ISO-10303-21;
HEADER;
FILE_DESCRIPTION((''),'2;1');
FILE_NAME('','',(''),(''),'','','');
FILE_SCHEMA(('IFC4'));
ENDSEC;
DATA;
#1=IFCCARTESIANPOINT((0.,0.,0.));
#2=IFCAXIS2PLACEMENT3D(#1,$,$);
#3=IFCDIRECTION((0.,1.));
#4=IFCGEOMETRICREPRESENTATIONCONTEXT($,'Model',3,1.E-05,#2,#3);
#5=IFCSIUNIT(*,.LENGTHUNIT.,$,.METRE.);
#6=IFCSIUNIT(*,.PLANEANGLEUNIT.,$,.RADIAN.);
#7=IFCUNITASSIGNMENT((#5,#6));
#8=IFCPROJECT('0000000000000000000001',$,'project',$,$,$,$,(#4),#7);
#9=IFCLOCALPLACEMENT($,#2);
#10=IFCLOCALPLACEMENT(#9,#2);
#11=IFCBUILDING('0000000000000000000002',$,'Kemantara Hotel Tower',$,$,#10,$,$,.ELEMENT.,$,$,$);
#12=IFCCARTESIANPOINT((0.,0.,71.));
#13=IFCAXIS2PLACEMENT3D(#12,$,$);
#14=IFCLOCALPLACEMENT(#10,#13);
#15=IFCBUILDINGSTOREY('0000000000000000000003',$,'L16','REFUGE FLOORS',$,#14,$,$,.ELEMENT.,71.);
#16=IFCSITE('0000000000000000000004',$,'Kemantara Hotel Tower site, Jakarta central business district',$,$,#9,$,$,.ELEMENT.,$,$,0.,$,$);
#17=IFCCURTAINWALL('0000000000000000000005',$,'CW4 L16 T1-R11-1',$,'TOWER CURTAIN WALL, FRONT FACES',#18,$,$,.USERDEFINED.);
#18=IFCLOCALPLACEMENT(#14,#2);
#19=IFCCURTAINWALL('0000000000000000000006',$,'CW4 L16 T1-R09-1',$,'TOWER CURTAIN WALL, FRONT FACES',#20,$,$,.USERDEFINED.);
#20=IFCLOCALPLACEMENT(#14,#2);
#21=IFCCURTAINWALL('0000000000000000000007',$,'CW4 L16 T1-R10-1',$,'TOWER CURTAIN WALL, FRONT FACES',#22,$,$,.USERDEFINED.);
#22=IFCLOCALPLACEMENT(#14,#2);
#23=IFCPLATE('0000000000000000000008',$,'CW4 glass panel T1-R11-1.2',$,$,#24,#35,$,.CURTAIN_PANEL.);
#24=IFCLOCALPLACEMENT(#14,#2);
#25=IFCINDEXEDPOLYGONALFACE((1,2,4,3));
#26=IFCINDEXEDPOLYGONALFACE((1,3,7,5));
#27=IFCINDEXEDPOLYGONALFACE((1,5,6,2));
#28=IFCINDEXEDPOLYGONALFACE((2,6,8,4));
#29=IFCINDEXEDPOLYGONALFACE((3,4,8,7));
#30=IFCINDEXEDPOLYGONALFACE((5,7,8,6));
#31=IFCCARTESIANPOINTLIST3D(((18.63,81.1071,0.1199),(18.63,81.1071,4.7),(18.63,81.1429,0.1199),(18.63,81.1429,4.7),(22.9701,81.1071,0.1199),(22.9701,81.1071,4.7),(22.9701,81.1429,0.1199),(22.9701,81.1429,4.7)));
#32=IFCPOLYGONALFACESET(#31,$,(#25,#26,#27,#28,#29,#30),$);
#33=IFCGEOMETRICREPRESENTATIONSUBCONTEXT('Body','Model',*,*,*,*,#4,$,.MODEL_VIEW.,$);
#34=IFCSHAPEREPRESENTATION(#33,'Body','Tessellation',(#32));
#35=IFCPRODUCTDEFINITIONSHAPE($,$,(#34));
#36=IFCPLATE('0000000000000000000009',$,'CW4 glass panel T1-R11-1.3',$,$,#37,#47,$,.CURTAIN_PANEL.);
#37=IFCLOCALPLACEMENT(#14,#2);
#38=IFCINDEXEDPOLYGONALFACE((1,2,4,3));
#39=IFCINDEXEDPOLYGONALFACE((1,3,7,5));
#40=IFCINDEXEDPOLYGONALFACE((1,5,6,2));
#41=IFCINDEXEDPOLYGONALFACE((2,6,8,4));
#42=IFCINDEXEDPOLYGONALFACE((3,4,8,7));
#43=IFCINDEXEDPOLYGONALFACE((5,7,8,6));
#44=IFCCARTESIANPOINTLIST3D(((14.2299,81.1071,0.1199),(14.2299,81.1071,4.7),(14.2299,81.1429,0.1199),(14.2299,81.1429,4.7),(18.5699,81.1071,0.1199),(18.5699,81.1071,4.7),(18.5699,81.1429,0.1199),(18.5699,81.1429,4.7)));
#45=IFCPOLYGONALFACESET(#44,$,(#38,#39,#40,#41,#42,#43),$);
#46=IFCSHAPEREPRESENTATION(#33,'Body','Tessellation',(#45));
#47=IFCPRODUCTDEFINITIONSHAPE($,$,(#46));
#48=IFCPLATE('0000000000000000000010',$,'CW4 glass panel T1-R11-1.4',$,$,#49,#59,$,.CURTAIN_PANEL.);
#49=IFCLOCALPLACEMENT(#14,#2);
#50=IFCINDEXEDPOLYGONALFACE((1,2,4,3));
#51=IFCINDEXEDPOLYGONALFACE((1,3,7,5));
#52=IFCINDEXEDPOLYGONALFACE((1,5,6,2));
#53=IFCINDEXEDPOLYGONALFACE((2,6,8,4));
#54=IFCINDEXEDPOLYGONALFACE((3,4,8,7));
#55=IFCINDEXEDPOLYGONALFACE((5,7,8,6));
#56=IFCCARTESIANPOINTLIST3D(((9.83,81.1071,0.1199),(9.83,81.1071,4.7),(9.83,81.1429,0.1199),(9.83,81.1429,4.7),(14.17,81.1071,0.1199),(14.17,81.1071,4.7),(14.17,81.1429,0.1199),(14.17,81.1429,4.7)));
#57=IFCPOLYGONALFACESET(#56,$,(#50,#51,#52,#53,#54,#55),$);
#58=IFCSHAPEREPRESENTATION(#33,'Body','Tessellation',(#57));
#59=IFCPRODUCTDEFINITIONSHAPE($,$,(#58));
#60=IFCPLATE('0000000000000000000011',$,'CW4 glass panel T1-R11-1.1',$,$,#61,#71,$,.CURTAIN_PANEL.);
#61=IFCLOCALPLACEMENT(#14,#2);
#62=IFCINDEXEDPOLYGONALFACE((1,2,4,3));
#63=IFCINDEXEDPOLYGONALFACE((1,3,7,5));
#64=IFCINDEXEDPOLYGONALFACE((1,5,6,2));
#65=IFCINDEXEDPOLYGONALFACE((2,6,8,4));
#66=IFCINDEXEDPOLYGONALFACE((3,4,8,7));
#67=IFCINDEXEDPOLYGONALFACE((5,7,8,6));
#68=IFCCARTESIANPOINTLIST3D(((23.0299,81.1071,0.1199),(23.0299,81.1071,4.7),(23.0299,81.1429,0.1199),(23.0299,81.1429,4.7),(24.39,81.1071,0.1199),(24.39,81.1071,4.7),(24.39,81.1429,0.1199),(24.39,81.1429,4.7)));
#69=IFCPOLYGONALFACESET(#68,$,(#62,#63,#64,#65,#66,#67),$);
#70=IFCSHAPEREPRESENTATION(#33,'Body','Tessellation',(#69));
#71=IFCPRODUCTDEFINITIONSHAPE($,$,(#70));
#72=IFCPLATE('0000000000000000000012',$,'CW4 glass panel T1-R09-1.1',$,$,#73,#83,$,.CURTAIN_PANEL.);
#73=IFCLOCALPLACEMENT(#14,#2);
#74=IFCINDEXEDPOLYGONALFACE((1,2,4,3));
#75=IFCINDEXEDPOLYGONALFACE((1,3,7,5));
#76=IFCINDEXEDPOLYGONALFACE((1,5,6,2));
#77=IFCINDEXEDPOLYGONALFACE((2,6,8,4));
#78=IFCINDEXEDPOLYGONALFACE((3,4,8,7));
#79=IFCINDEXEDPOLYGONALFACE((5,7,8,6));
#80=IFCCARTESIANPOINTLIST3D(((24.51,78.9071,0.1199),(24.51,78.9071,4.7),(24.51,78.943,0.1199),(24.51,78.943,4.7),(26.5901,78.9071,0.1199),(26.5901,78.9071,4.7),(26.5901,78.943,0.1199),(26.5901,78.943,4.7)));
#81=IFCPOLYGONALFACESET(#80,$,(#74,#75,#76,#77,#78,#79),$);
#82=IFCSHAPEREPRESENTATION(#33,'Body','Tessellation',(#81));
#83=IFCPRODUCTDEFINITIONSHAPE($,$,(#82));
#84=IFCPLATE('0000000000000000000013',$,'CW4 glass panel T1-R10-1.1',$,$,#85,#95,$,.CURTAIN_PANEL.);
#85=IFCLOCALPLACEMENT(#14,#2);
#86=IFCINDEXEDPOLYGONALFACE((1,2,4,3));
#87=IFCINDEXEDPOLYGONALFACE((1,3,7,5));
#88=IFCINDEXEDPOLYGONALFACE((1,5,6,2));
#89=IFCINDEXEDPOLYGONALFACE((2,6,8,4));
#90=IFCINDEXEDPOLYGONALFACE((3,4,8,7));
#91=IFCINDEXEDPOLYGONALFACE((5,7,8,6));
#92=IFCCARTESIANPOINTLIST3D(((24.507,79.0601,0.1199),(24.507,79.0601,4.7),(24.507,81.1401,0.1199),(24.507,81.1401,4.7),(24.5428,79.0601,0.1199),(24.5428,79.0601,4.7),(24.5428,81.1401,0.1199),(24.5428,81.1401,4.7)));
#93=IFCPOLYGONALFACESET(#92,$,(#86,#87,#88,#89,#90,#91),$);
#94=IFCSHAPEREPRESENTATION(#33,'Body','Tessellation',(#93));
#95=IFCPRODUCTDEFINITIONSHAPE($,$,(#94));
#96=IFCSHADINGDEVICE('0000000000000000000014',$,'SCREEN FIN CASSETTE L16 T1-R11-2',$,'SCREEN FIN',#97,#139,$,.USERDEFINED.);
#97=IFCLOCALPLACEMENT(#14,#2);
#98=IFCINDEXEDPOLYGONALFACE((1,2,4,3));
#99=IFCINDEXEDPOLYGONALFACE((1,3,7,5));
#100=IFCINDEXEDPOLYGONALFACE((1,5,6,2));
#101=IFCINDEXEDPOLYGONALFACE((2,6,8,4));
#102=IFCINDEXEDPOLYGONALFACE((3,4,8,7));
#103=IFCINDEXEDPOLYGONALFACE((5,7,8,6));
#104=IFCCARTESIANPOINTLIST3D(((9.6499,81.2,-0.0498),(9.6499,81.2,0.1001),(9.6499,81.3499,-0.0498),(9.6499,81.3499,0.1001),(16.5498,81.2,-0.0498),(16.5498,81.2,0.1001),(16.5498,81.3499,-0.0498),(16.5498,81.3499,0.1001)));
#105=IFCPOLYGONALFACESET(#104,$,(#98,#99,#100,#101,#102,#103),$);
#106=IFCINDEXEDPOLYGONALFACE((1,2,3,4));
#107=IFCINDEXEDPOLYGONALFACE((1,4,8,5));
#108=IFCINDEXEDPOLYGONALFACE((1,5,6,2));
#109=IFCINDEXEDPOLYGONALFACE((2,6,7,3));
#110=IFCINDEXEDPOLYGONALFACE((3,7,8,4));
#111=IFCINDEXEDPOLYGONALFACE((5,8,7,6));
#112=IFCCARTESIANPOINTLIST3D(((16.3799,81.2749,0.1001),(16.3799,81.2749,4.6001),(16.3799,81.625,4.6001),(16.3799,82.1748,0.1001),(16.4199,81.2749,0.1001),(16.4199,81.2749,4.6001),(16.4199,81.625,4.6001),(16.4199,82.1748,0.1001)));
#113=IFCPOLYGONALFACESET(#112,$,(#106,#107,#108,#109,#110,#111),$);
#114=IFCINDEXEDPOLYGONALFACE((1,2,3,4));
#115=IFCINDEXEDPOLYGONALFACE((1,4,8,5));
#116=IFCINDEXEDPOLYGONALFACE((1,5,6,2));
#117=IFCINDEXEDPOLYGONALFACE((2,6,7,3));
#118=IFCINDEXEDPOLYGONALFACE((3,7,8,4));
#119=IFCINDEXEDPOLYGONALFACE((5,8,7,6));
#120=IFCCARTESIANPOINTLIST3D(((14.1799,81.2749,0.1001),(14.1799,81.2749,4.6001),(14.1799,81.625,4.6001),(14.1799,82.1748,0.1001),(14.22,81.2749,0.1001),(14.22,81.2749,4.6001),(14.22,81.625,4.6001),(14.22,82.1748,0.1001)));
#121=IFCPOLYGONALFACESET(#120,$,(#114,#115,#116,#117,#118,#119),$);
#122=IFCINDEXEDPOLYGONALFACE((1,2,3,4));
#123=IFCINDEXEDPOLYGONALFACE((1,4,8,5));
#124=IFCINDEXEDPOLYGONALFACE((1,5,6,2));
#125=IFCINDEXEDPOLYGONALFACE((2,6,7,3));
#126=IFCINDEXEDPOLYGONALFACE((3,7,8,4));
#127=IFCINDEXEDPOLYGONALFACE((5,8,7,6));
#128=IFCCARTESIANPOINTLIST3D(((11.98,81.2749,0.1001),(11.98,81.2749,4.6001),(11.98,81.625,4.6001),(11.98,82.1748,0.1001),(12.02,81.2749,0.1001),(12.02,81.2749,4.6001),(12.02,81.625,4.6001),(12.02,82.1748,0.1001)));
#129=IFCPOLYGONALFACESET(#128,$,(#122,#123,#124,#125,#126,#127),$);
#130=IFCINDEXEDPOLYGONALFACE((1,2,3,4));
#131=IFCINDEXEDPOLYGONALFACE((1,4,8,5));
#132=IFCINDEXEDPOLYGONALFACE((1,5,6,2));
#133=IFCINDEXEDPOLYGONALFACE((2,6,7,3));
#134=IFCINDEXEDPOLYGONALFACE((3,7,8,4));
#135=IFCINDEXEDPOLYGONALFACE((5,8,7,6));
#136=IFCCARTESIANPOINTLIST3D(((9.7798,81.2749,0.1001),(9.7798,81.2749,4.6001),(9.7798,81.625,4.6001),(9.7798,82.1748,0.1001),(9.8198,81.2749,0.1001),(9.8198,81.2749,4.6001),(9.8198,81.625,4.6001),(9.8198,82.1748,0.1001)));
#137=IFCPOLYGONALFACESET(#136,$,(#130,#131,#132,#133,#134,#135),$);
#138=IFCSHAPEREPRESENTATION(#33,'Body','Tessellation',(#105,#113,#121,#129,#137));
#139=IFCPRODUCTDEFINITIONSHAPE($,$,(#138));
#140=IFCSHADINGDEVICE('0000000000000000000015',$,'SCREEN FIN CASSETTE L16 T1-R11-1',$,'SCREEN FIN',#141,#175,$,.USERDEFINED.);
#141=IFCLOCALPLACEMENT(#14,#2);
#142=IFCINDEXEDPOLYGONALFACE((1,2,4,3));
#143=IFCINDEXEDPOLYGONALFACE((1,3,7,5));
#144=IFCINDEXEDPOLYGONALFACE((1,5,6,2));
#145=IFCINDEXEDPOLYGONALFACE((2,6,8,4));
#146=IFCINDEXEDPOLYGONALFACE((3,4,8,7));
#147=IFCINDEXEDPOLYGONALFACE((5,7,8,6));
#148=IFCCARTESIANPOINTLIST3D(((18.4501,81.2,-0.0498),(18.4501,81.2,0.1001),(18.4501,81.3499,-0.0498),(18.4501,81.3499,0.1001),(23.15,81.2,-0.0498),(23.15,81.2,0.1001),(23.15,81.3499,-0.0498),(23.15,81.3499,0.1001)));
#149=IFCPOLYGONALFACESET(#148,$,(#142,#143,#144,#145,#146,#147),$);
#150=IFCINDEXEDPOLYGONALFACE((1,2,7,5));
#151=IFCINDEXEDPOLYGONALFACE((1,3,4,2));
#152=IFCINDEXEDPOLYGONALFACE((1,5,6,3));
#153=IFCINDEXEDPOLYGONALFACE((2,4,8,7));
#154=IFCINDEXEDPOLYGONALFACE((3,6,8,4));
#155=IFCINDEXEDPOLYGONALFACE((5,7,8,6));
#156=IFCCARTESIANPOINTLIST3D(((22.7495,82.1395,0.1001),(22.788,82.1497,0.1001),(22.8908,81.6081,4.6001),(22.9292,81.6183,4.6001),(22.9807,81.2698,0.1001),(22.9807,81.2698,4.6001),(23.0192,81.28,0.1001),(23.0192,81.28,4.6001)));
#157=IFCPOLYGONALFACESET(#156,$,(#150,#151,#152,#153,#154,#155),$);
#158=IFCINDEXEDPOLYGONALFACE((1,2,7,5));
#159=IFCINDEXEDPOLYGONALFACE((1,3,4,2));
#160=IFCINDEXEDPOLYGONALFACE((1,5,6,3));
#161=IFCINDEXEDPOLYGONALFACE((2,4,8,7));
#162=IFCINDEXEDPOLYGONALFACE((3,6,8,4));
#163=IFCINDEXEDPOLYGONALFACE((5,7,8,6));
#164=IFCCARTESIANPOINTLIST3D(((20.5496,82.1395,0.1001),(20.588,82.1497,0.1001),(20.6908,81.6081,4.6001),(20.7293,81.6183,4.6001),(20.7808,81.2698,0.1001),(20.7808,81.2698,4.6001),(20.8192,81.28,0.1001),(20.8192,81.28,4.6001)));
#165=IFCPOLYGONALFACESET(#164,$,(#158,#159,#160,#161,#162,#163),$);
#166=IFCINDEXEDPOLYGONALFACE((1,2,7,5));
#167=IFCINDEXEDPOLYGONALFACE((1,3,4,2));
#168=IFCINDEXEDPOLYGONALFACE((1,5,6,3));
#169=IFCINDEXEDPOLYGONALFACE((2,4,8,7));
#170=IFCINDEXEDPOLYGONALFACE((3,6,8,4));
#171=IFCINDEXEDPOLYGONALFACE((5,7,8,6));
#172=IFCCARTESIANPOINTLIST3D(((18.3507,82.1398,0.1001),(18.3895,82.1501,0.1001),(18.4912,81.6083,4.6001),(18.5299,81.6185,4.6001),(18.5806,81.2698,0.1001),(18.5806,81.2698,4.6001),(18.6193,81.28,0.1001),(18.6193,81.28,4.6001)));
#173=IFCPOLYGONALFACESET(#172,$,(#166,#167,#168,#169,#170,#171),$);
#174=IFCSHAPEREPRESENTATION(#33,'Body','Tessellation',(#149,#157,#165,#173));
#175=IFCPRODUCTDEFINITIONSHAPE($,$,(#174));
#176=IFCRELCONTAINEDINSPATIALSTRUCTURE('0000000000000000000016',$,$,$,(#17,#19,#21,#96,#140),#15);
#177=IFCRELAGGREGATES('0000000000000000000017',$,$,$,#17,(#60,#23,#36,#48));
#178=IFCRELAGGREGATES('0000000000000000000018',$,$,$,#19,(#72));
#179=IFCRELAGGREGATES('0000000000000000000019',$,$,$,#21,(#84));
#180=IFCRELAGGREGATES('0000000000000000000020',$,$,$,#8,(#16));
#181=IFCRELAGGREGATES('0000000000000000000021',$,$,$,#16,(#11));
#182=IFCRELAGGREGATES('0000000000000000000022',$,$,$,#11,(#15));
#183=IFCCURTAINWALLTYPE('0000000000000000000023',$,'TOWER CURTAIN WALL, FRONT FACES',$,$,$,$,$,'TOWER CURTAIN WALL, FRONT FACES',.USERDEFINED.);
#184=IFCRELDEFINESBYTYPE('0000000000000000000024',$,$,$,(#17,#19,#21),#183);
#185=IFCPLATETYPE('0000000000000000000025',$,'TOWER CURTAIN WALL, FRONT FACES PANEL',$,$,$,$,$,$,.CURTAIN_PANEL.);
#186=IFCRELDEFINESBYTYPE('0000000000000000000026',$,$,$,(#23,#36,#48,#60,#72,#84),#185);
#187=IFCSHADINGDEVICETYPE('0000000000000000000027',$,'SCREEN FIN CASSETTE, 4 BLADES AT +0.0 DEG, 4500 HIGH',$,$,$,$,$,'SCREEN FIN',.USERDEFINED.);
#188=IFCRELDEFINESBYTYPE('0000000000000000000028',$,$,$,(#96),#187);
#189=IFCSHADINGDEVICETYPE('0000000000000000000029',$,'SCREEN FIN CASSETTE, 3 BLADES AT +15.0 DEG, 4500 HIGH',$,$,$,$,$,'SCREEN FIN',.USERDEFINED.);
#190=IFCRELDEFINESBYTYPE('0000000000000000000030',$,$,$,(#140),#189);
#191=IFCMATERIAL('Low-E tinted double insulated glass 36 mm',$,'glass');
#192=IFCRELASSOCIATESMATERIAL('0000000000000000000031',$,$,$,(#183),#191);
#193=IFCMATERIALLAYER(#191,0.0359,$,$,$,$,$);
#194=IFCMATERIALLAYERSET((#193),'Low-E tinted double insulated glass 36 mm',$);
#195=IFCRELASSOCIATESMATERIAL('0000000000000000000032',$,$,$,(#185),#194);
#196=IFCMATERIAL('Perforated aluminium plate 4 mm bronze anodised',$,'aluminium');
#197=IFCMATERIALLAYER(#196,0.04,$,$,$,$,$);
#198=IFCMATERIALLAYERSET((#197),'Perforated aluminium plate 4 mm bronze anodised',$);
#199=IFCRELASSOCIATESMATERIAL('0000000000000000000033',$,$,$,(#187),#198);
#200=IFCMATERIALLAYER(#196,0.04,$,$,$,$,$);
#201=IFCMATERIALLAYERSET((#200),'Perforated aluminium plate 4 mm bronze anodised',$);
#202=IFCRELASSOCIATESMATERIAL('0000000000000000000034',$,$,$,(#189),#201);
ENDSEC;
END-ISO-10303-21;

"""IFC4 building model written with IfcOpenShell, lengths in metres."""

from ifc_helpers import new_model, si_unit, direction, frame, origin, origin_2d, place, context, subcontext, project, spatial, polyline, rectangle, outline, extrude, source, transform, mapped, material, layer, layer_set, type_object, element, aggregate, save


model = new_model("IFC4")

# Units and contexts
model_context = context("Model", 3, precision=1e-05, world=origin(), true_north=direction((0.0, 1.0)))
body_context = subcontext(model_context, "Body", "Model", "MODEL_VIEW")
ifc_project = project(units=[si_unit("LENGTHUNIT", "METRE"), si_unit("PLANEANGLEUNIT", "RADIAN")], contexts=[model_context])

# Site, building, storey
site_placement = place(None, origin())
site = spatial("IfcSite", under=ifc_project, at=site_placement, Name="Kemantara Hotel Tower site, Jakarta central business district", CompositionType="ELEMENT", RefElevation=0.0)
building_placement = place(site_placement, origin())
building = spatial("IfcBuilding", under=site, at=building_placement, Name="Kemantara Hotel Tower", CompositionType="ELEMENT")
storey_placement = place(building_placement, frame((0.0, 0.0, 71.0)))
storey = spatial("IfcBuildingStorey", under=building, at=storey_placement, Name="L16", Description="REFUGE FLOORS", CompositionType="ELEMENT", Elevation=71.0)

# Curtain walls
ifc_material_1 = material(Name="Low-E tinted double insulated glass 36 mm", Category="glass")
curtain_wall_type = type_object("IfcCurtainWallType", Name="TOWER CURTAIN WALL, FRONT FACES", ElementType="TOWER CURTAIN WALL, FRONT FACES", PredefinedType="USERDEFINED", material=ifc_material_1)
curtain_wall_1_placement = place(storey_placement, origin())
curtain_wall_1 = element("IfcCurtainWall", 1, at=curtain_wall_1_placement, inside=storey, type_object=curtain_wall_type, Name="CW4 L16 T1-R11-1", ObjectType="TOWER CURTAIN WALL, FRONT FACES", PredefinedType="USERDEFINED")
curtain_wall_2_placement = place(storey_placement, origin())
curtain_wall_2 = element("IfcCurtainWall", 2, at=curtain_wall_2_placement, inside=storey, type_object=curtain_wall_type, Name="CW4 L16 T1-R09-1", ObjectType="TOWER CURTAIN WALL, FRONT FACES", PredefinedType="USERDEFINED")
curtain_wall_3_placement = place(storey_placement, origin())
curtain_wall_3 = element("IfcCurtainWall", 3, at=curtain_wall_3_placement, inside=storey, type_object=curtain_wall_type, Name="CW4 L16 T1-R10-1", ObjectType="TOWER CURTAIN WALL, FRONT FACES", PredefinedType="USERDEFINED")

# Plates
ifc_layer_1 = layer(ifc_material_1, 0.0359)
ifc_layer_set_1 = layer_set([ifc_layer_1], Name="Low-E tinted double insulated glass 36 mm")
plate_type = type_object("IfcPlateType", Name="TOWER CURTAIN WALL, FRONT FACES PANEL", PredefinedType="CURTAIN_PANEL", material=ifc_layer_set_1)
shared_shape_1 = source(origin(), body_context, "Body", "SweptSolid", [
    extrude(rectangle(XDim=4.3401, YDim=0.0359, at=origin_2d()), origin(), (0.0, 0.0, 1.0), 4.5801),
])
plate_1_placement = place(storey_placement, frame((20.8, 81.125, 0.1199), z_axis=(0.0, 0.0, 1.0), x_axis=(-1.0, 0.0, 0.0)))
plate_1 = element("IfcPlate", 4, at=plate_1_placement, type_object=plate_type, Name="CW4 glass panel T1-R11-1.2", PredefinedType="CURTAIN_PANEL", context=body_context, shape_type="MappedRepresentation", body=[
    mapped(shared_shape_1, transform((0.0, 0.0, 0.0))),
])
plate_2_placement = place(storey_placement, frame((16.3999, 81.125, 0.1199), z_axis=(0.0, 0.0, 1.0), x_axis=(-1.0, 0.0, 0.0)))
plate_2 = element("IfcPlate", 5, at=plate_2_placement, type_object=plate_type, Name="CW4 glass panel T1-R11-1.3", PredefinedType="CURTAIN_PANEL", context=body_context, shape_type="MappedRepresentation", body=[
    mapped(shared_shape_1, transform((0.0, 0.0, 0.0))),
])
plate_3_placement = place(storey_placement, frame((12.0, 81.125, 0.1199), z_axis=(0.0, 0.0, 1.0), x_axis=(-1.0, 0.0, 0.0)))
plate_3 = element("IfcPlate", 6, at=plate_3_placement, type_object=plate_type, Name="CW4 glass panel T1-R11-1.4", PredefinedType="CURTAIN_PANEL", context=body_context, shape_type="MappedRepresentation", body=[
    mapped(shared_shape_1, transform((0.0, 0.0, 0.0))),
])
shared_shape_2 = source(origin(), body_context, "Body", "SweptSolid", [
    extrude(rectangle(XDim=1.3601, YDim=0.0359, at=origin_2d()), origin(), (0.0, 0.0, 1.0), 4.5801),
])
plate_4_placement = place(storey_placement, frame((23.71, 81.125, 0.1199), z_axis=(0.0, 0.0, 1.0), x_axis=(-1.0, 0.0, 0.0)))
plate_4 = element("IfcPlate", 7, at=plate_4_placement, type_object=plate_type, Name="CW4 glass panel T1-R11-1.1", PredefinedType="CURTAIN_PANEL", context=body_context, shape_type="MappedRepresentation", body=[
    mapped(shared_shape_2, transform((0.0, 0.0, 0.0))),
])
aggregate(curtain_wall_1, [plate_4, plate_1, plate_2, plate_3])
shared_shape_3 = source(origin(), body_context, "Body", "SweptSolid", [
    extrude(rectangle(XDim=2.0801, YDim=0.0359, at=origin_2d()), origin(), (0.0, 0.0, 1.0), 4.5801),
])
plate_5_placement = place(storey_placement, frame((25.55, 78.925, 0.1199), z_axis=(0.0, 0.0, 1.0), x_axis=(-1.0, 0.0, 0.0)))
plate_5 = element("IfcPlate", 8, at=plate_5_placement, type_object=plate_type, Name="CW4 glass panel T1-R09-1.1", PredefinedType="CURTAIN_PANEL", context=body_context, shape_type="MappedRepresentation", body=[
    mapped(shared_shape_3, transform((0.0, 0.0, 0.0))),
])
aggregate(curtain_wall_2, [plate_5])
plate_6_placement = place(storey_placement, frame((24.5249, 80.1001, 0.1199), z_axis=(0.0, 0.0, 1.0), x_axis=(0.0, 1.0, 0.0)))
plate_6 = element("IfcPlate", 9, at=plate_6_placement, type_object=plate_type, Name="CW4 glass panel T1-R10-1.1", PredefinedType="CURTAIN_PANEL", context=body_context, shape_type="MappedRepresentation", body=[
    mapped(shared_shape_3, transform((0.0, 0.0, 0.0))),
])
aggregate(curtain_wall_3, [plate_6])

# Shading devices
ifc_material_2 = material(Name="Perforated aluminium plate 4 mm bronze anodised", Category="aluminium")
ifc_layer_2 = layer(ifc_material_2, 0.04)
ifc_layer_set_2 = layer_set([ifc_layer_2], Name="Perforated aluminium plate 4 mm bronze anodised")
shading_device_type_1 = type_object("IfcShadingDeviceType", Name="SCREEN FIN CASSETTE, 4 BLADES AT +0.0 DEG, 4500 HIGH", ElementType="SCREEN FIN", PredefinedType="USERDEFINED", material=ifc_layer_set_2)
shared_shape_4 = source(origin(), body_context, "Body", "SweptSolid", [
    extrude(rectangle(XDim=6.8999, YDim=0.1499, at=origin_2d()), frame((3.3, -0.075, -0.1499), z_axis=(0.0, 0.0, 1.0), x_axis=(1.0, 0.0, 0.0)), (0.0, 0.0, 1.0), 0.1499),
    extrude(outline(polyline([(0.0, 0.0), (0.8999, 0.0), (0.3501, 4.5), (0.0, 4.5), (0.0, 0.0)])), frame((0.02, -0.075, 0.0), z_axis=(-1.0, 0.0, 0.0), x_axis=(0.0, -1.0, 0.0)), (0.0, 0.0, 1.0), 0.04),
    extrude(outline(polyline([(0.0, 0.0), (0.8999, 0.0), (0.3501, 4.5), (0.0, 4.5), (0.0, 0.0)])), frame((2.22, -0.075, 0.0), z_axis=(-1.0, 0.0, 0.0), x_axis=(0.0, -1.0, 0.0)), (0.0, 0.0, 1.0), 0.04),
    extrude(outline(polyline([(0.0, 0.0), (0.8999, 0.0), (0.3501, 4.5), (0.0, 4.5), (0.0, 0.0)])), frame((4.4199, -0.075, 0.0), z_axis=(-1.0, 0.0, 0.0), x_axis=(0.0, -1.0, 0.0)), (0.0, 0.0, 1.0), 0.04),
    extrude(outline(polyline([(0.0, 0.0), (0.8999, 0.0), (0.3501, 4.5), (0.0, 4.5), (0.0, 0.0)])), frame((6.6201, -0.075, 0.0), z_axis=(-1.0, 0.0, 0.0), x_axis=(0.0, -1.0, 0.0)), (0.0, 0.0, 1.0), 0.04),
])
shading_device_1_placement = place(storey_placement, frame((16.3999, 81.2, 0.1001), z_axis=(0.0, 0.0, 1.0), x_axis=(-1.0, 0.0, 0.0)))
element("IfcShadingDevice", 10, at=shading_device_1_placement, inside=storey, type_object=shading_device_type_1, Name="SCREEN FIN CASSETTE L16 T1-R11-2", ObjectType="SCREEN FIN", PredefinedType="USERDEFINED", context=body_context, shape_type="MappedRepresentation", body=[
    mapped(shared_shape_4, transform((0.0, 0.0, 0.0))),
])
ifc_layer_3 = layer(ifc_material_2, 0.04)
ifc_layer_set_3 = layer_set([ifc_layer_3], Name="Perforated aluminium plate 4 mm bronze anodised")
shading_device_type_2 = type_object("IfcShadingDeviceType", Name="SCREEN FIN CASSETTE, 3 BLADES AT +15.0 DEG, 4500 HIGH", ElementType="SCREEN FIN", PredefinedType="USERDEFINED", material=ifc_layer_set_3)
shared_shape_5 = source(origin(), body_context, "Body", "SweptSolid", [
    extrude(rectangle(XDim=4.7, YDim=0.1499, at=origin_2d()), frame((2.2, -0.075, -0.1499), z_axis=(0.0, 0.0, 1.0), x_axis=(1.0, 0.0, 0.0)), (0.0, 0.0, 1.0), 0.1499),
    extrude(outline(polyline([(0.0, 0.0), (0.8999, 0.0), (0.3501, 4.5), (0.0, 4.5), (0.0, 0.0)])), frame((0.0193, -0.0698, 0.0), z_axis=(-0.966438, -0.256901, 0.0), x_axis=(0.256901, -0.966438, 0.0)), (0.0, 0.0, 1.0), 0.0398),
    extrude(outline(polyline([(0.0, 0.0), (0.8999, 0.0), (0.3501, 4.5), (0.0, 4.5), (0.0, 0.0)])), frame((2.2192, -0.0698, 0.0), z_axis=(-0.966438, -0.256901, 0.0), x_axis=(0.256901, -0.966438, 0.0)), (0.0, 0.0, 1.0), 0.0398),
    extrude(outline(polyline([(0.0, 0.0), (0.8999, 0.0), (0.3501, 4.5), (0.0, 4.5), (0.0, 0.0)])), frame((4.4194, -0.0698, 0.0), z_axis=(-0.966838, -0.255391, 0.0), x_axis=(0.255391, -0.966838, 0.0)), (0.0, 0.0, 1.0), 0.04),
])
shading_device_2_placement = place(storey_placement, frame((23.0, 81.2, 0.1001), z_axis=(0.0, 0.0, 1.0), x_axis=(-1.0, 0.0, 0.0)))
element("IfcShadingDevice", 11, at=shading_device_2_placement, inside=storey, type_object=shading_device_type_2, Name="SCREEN FIN CASSETTE L16 T1-R11-1", ObjectType="SCREEN FIN", PredefinedType="USERDEFINED", context=body_context, shape_type="MappedRepresentation", body=[
    mapped(shared_shape_5, transform((0.0, 0.0, 0.0))),
])

save(model, "model.ifc")
